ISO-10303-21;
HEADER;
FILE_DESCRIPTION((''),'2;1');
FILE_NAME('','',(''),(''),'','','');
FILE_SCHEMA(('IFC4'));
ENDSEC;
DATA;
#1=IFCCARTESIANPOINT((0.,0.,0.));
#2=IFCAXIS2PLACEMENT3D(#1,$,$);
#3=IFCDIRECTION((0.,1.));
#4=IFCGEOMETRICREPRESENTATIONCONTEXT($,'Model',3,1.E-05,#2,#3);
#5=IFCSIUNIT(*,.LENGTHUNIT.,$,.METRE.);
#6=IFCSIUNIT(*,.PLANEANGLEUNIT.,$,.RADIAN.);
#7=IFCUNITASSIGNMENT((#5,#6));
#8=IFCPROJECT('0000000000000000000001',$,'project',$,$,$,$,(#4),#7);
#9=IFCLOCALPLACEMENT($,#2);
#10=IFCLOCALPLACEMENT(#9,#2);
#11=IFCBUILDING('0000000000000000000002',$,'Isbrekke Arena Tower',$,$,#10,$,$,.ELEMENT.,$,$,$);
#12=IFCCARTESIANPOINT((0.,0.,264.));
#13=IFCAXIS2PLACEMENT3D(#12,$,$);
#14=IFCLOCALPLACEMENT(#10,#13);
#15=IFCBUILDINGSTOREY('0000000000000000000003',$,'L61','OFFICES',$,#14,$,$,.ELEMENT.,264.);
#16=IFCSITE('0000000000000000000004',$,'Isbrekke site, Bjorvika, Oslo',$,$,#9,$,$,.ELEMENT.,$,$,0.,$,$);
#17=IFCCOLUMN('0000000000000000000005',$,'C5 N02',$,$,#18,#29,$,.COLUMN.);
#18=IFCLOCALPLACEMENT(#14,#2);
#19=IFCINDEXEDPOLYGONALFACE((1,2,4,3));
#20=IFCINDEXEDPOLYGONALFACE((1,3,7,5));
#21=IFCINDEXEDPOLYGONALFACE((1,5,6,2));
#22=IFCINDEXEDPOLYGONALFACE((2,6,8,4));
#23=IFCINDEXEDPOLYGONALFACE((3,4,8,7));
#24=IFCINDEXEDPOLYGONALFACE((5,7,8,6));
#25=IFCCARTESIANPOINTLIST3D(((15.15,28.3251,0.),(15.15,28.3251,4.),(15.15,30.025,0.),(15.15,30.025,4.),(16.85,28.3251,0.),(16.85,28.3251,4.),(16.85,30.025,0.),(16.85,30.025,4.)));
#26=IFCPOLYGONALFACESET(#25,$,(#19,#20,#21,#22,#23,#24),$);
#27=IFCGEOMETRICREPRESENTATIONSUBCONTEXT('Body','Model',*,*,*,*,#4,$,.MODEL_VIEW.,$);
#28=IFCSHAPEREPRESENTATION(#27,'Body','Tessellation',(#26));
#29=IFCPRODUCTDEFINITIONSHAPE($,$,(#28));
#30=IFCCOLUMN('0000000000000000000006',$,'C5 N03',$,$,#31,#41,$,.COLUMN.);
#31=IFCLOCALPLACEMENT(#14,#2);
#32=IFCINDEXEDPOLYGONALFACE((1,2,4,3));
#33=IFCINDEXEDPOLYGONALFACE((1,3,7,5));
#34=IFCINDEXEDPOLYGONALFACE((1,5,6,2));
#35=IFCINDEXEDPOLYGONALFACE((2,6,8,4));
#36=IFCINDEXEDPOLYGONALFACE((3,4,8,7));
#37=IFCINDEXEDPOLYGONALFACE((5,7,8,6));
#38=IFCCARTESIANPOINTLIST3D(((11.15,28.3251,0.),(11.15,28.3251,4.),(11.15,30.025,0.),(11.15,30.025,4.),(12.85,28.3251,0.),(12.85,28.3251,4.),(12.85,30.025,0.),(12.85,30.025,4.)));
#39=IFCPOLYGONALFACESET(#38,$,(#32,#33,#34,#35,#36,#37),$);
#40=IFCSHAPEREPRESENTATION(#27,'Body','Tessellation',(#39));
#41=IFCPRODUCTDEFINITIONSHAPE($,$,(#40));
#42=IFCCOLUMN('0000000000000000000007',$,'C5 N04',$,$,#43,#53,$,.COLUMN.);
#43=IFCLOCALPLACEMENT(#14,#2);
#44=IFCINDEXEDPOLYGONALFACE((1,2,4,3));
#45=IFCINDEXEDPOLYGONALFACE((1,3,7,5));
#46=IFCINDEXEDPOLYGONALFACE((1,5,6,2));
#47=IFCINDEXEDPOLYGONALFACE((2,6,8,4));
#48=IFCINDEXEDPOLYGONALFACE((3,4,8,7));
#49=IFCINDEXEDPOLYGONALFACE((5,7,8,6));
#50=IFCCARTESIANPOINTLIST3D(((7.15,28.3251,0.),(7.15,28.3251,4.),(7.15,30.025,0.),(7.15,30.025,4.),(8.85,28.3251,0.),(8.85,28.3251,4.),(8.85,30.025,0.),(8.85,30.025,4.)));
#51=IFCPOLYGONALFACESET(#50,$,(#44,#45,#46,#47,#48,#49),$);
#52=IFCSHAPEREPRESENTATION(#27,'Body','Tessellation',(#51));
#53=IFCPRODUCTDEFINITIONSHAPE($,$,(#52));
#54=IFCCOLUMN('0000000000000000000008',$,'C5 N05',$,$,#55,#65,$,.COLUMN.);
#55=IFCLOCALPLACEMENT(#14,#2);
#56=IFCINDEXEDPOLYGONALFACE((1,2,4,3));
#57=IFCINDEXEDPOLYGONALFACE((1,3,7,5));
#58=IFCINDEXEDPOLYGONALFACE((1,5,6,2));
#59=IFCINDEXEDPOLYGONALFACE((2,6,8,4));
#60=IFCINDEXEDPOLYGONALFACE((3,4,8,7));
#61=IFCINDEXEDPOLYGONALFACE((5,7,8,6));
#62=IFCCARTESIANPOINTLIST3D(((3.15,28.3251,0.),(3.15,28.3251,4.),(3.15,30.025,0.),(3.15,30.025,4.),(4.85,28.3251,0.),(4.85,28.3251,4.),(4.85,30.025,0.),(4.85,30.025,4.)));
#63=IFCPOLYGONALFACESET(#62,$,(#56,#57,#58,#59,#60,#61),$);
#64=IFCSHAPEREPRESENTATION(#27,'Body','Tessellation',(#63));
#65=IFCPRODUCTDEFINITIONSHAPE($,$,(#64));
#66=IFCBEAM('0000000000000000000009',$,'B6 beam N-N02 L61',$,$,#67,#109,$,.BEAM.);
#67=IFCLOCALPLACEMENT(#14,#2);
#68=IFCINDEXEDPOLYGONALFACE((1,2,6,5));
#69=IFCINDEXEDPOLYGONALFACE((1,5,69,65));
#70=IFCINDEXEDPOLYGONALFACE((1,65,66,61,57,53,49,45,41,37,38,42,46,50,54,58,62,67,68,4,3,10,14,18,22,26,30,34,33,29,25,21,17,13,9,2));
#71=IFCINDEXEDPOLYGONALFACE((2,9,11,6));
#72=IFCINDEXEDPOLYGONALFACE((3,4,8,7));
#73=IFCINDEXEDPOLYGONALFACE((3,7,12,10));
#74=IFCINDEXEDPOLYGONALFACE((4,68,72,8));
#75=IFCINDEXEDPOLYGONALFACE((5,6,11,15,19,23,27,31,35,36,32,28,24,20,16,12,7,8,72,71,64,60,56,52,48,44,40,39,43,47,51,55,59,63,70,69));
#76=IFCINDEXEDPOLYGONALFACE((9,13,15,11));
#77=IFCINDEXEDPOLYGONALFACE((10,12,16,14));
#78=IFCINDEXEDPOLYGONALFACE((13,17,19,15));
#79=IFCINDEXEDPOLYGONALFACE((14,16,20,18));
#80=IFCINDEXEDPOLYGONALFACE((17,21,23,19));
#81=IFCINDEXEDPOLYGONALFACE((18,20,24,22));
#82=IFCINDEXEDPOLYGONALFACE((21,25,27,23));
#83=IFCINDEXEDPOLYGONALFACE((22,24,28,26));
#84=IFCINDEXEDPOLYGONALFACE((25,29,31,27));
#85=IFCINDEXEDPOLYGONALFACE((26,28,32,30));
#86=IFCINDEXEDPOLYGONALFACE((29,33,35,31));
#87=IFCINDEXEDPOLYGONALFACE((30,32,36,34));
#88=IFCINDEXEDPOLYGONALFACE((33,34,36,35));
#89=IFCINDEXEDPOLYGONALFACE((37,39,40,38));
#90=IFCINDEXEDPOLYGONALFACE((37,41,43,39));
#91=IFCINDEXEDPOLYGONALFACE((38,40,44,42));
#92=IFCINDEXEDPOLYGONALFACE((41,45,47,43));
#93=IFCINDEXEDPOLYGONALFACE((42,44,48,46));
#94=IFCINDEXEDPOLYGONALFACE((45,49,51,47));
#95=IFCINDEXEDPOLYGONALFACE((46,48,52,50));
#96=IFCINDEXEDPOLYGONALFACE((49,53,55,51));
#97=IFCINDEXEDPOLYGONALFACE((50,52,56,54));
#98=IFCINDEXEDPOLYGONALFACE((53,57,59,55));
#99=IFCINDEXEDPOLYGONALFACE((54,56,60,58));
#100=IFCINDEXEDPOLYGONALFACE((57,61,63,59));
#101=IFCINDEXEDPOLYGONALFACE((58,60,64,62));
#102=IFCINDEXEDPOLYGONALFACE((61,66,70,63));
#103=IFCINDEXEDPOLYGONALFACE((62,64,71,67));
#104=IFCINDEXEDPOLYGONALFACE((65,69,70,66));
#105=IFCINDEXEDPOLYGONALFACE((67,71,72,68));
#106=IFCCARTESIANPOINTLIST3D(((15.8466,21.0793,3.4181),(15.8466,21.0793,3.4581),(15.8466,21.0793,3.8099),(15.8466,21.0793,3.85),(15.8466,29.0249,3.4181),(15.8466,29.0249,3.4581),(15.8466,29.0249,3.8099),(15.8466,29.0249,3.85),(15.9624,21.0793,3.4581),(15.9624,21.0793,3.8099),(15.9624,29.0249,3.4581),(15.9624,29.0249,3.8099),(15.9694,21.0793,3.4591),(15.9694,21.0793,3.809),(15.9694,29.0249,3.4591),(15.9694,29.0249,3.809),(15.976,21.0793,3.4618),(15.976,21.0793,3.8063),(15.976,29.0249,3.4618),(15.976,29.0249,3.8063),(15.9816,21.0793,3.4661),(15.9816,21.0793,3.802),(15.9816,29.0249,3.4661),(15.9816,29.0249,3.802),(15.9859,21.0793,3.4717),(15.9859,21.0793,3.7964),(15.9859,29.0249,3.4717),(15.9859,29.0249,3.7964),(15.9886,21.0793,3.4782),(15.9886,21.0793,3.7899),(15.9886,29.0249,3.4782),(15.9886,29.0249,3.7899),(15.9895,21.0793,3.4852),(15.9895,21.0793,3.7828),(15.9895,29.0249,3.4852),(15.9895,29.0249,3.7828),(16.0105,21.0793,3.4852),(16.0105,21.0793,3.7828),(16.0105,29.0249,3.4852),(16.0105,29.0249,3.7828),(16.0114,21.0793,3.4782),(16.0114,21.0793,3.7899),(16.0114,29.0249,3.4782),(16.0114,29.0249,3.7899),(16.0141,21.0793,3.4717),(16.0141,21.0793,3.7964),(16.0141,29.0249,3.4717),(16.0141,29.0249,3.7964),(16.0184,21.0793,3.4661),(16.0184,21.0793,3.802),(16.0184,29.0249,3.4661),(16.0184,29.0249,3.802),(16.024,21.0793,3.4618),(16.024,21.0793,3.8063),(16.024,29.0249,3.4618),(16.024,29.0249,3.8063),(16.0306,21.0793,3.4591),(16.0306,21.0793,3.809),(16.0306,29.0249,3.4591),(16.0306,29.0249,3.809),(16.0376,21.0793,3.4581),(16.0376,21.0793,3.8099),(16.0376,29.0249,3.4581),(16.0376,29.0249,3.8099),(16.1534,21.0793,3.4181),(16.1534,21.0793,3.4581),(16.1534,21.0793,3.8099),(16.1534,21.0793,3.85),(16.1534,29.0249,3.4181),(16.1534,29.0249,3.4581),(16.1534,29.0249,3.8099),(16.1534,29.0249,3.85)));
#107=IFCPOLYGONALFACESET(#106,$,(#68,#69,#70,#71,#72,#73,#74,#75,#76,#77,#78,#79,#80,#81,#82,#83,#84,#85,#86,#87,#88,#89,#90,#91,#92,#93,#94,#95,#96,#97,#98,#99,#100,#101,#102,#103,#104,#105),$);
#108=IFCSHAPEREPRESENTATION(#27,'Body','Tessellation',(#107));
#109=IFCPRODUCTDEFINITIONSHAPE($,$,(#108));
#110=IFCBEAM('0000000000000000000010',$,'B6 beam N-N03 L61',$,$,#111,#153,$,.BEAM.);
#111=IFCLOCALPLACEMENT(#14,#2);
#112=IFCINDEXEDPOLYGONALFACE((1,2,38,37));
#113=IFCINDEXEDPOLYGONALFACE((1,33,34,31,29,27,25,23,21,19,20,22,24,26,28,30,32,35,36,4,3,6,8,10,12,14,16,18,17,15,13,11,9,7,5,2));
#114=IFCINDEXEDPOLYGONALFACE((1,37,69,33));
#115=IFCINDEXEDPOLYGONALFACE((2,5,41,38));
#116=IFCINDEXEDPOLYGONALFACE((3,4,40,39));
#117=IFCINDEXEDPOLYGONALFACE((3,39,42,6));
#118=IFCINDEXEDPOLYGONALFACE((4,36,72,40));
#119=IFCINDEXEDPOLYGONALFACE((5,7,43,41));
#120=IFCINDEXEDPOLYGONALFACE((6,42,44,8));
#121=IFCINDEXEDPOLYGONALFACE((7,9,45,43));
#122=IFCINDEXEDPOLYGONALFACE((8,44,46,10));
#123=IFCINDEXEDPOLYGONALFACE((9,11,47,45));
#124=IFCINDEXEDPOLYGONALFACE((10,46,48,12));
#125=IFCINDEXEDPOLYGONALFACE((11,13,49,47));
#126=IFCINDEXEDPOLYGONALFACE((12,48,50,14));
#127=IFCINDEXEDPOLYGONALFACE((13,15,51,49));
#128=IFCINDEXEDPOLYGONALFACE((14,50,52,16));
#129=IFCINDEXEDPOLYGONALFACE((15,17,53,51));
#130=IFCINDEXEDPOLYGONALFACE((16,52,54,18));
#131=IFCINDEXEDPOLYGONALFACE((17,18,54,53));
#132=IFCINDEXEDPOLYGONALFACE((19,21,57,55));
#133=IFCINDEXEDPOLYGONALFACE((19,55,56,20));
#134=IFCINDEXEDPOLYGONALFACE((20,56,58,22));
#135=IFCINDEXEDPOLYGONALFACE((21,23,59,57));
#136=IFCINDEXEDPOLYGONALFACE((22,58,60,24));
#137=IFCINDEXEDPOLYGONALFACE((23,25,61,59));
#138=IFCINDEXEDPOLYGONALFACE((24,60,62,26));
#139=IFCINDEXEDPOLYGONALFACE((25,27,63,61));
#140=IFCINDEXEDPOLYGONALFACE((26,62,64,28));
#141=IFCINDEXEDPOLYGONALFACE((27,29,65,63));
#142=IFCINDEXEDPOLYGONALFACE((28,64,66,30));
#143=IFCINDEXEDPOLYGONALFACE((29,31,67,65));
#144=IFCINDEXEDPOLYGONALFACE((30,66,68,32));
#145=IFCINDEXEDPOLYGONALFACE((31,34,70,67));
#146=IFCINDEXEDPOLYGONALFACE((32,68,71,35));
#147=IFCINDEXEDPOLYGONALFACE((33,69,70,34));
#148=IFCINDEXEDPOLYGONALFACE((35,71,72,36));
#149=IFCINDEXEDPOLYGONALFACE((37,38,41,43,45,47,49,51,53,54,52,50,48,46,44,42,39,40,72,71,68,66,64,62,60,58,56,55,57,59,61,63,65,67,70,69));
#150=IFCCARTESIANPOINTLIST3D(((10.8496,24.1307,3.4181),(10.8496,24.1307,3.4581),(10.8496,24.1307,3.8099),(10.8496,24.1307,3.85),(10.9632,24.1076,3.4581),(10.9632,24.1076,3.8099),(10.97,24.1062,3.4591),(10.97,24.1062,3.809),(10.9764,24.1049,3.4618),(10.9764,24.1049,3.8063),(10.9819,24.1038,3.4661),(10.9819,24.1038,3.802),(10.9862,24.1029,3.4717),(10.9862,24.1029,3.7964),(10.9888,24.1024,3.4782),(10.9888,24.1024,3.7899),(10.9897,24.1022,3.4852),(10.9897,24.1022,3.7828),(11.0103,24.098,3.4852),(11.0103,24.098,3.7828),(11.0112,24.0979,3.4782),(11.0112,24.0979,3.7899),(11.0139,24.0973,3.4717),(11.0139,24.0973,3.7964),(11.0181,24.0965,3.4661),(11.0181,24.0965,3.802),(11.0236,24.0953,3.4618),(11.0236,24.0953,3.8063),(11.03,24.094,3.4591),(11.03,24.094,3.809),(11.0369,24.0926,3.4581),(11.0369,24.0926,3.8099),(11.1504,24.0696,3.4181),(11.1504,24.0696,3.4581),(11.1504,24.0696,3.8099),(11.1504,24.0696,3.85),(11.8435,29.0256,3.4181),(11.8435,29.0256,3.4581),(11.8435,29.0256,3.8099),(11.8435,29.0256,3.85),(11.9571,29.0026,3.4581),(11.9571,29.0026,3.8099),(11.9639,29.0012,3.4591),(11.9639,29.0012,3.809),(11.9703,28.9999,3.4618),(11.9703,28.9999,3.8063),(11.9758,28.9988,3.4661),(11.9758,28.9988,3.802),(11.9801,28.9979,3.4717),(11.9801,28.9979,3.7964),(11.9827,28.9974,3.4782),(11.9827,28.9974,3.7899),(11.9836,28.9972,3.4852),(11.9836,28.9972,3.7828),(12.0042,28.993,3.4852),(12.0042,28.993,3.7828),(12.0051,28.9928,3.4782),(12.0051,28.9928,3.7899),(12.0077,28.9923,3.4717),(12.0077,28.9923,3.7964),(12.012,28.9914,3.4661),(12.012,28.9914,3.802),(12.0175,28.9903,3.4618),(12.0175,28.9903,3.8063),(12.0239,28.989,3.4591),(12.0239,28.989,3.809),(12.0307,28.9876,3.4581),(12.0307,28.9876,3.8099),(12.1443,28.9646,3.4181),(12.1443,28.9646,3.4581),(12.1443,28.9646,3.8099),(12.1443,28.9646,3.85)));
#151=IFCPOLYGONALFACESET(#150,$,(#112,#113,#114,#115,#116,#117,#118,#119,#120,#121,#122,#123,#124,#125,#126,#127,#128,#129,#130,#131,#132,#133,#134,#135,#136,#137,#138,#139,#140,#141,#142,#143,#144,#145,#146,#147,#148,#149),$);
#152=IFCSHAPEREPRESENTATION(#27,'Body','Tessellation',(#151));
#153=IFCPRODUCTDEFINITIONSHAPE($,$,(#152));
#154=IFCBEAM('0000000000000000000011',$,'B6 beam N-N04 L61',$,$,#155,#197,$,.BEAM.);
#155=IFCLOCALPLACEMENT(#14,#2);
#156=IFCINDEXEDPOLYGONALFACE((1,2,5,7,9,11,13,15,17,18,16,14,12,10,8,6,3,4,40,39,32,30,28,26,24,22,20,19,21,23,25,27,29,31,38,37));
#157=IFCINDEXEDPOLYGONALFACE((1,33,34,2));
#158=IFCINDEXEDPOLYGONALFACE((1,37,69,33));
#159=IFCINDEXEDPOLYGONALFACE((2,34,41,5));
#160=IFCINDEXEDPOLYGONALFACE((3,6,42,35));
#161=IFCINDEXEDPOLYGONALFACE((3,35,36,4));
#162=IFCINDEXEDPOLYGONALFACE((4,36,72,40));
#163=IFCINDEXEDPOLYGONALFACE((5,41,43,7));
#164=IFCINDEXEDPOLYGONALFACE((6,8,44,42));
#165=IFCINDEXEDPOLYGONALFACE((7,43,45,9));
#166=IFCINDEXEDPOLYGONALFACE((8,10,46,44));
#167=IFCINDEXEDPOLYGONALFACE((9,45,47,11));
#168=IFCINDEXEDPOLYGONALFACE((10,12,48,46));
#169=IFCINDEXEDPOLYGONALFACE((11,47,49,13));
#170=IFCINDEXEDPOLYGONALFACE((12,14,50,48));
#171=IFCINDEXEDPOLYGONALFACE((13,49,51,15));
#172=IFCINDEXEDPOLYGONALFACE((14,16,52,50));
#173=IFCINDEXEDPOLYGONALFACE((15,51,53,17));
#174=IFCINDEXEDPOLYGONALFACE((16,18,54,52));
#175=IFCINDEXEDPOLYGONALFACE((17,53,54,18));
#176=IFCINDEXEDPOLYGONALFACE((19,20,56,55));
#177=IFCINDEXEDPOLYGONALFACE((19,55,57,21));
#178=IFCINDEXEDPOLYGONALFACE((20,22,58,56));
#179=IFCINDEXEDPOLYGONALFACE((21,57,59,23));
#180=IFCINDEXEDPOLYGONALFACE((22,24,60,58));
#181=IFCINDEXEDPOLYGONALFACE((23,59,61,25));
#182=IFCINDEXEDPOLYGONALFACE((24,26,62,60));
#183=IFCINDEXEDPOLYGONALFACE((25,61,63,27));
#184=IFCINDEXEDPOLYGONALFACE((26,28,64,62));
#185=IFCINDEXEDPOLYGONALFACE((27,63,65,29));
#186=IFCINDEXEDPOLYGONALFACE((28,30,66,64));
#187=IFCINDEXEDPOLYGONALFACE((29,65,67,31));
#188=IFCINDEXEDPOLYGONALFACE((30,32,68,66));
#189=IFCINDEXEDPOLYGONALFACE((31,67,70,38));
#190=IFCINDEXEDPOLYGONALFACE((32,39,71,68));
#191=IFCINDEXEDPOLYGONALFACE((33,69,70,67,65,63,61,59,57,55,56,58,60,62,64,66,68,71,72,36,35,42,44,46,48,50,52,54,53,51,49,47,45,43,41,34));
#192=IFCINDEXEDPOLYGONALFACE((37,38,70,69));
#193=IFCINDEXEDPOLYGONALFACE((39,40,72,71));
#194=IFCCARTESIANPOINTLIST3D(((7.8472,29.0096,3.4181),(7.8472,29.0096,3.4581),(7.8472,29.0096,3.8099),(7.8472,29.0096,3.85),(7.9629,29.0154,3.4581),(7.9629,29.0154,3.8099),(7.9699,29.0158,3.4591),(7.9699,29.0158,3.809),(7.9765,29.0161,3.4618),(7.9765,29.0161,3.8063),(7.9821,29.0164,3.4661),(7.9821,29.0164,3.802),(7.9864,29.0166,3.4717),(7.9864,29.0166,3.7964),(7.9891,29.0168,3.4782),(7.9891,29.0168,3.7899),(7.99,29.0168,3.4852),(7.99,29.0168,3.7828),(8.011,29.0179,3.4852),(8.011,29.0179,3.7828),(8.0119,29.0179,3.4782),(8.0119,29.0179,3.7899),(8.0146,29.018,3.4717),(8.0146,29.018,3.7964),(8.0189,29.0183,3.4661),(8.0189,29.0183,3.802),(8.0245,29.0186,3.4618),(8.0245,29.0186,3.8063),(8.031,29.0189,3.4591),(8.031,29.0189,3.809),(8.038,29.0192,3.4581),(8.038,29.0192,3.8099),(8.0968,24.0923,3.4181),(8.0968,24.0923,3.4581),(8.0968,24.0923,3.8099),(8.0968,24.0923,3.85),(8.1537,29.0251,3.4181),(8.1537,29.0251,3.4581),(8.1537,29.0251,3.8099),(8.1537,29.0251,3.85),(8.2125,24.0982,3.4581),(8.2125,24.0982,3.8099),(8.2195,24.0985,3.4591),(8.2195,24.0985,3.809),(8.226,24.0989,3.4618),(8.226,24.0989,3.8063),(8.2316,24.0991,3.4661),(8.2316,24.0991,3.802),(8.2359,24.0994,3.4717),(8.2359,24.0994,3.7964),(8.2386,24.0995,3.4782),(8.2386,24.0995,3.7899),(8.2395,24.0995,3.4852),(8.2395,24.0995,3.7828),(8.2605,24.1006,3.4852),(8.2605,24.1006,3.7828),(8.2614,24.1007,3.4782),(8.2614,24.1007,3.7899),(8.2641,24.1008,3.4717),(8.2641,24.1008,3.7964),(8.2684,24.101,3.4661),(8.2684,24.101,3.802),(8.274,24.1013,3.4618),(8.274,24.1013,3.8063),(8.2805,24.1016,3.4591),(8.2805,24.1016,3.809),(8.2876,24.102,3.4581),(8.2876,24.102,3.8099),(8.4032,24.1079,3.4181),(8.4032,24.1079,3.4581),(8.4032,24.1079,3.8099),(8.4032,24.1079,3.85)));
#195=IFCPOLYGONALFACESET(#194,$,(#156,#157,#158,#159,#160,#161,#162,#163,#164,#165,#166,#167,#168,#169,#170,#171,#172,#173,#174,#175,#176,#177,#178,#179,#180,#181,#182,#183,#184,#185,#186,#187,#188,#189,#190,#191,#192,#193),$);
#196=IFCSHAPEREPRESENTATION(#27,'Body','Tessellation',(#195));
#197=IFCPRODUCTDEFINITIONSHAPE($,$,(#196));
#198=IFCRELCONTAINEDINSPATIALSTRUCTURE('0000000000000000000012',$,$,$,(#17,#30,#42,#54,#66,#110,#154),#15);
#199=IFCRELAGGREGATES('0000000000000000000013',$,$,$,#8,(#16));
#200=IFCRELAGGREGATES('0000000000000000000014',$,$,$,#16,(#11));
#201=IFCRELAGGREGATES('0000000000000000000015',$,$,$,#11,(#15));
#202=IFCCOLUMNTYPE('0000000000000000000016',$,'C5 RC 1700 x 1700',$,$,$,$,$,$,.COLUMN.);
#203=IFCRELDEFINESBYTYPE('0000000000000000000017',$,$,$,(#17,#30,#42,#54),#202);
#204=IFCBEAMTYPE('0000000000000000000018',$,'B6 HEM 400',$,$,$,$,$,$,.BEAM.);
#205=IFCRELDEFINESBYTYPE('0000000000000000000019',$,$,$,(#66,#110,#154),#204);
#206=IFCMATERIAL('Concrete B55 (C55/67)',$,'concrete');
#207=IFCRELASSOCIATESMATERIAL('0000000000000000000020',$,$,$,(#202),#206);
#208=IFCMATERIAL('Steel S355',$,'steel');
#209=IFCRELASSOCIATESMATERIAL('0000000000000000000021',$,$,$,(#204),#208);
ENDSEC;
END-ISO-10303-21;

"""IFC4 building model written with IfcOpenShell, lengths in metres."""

from ifc_helpers import new_model, si_unit, direction, frame, origin, origin_2d, place, context, subcontext, project, spatial, rectangle, i_section, extrude, material, material_profile, profile_set, type_object, element, save


model = new_model("IFC4")

# Units and contexts
model_context = context("Model", 3, precision=1e-05, world=origin(), true_north=direction((0.0, 1.0)))
body_context = subcontext(model_context, "Body", "Model", "MODEL_VIEW")
ifc_project = project(units=[si_unit("LENGTHUNIT", "METRE"), si_unit("PLANEANGLEUNIT", "RADIAN")], contexts=[model_context])

# Site, building, storey
site_placement = place(None, origin())
site = spatial("IfcSite", under=ifc_project, at=site_placement, Name="Isbrekke site, Bjorvika, Oslo", CompositionType="ELEMENT", RefElevation=0.0)
building_placement = place(site_placement, origin())
building = spatial("IfcBuilding", under=site, at=building_placement, Name="Isbrekke Arena Tower", CompositionType="ELEMENT")
storey_placement = place(building_placement, frame((0.0, 0.0, 264.0)))
storey = spatial("IfcBuildingStorey", under=building, at=storey_placement, Name="L61", Description="OFFICES", CompositionType="ELEMENT", Elevation=264.0)

# Columns
ifc_material_1 = material(Name="Concrete B55 (C55/67)", Category="concrete")
ifc_material_profile_1 = material_profile(ifc_material_1, rectangle(XDim=1.7, YDim=1.7, at=origin_2d()), Name="RC 1700x1700")
ifc_profile_set_1 = profile_set([ifc_material_profile_1], Name="Concrete B55 (C55/67)")
column_type = type_object("IfcColumnType", Name="C5 RC 1700 x 1700", PredefinedType="COLUMN", material=ifc_profile_set_1)
for number, where, z_axis, x_axis, name in (
    (1, (16.0, 29.175, 0.0), (0.0, 0.0, 1.0), (-1.0, 0.0, 0.0), "C5 N02"),
    (2, (12.0, 29.175, 0.0), (0.0, 0.0, 1.0), (-1.0, 0.0, 0.0), "C5 N03"),
    (3, (8.0, 29.175, 0.0), (0.0, 0.0, 1.0), (-1.0, 0.0, 0.0), "C5 N04"),
    (4, (4.0, 29.175, 0.0), (0.0, 0.0, 1.0), (-1.0, 0.0, 0.0), "C5 N05"),
):
    element("IfcColumn", number, at=place(storey_placement, frame(where, z_axis=z_axis, x_axis=x_axis)), inside=storey, type_object=column_type, Name=name, PredefinedType="COLUMN", context=body_context, shape_type="SweptSolid", body=[
        extrude(rectangle(XDim=1.7, YDim=1.7, at=origin_2d()), origin(), (0.0, 0.0, 1.0), 4.0),
    ])

# Beams
ifc_material_2 = material(Name="Steel S355", Category="steel")
ifc_material_profile_2 = material_profile(ifc_material_2, i_section(OverallWidth=0.3069, OverallDepth=0.4319, WebThickness=0.021, FlangeThickness=0.04, FilletRadius=0.0271, at=origin_2d()), Name="HEM 400")
ifc_profile_set_2 = profile_set([ifc_material_profile_2], Name="Steel S355")
beam_type_1 = type_object("IfcBeamType", Name="B6 HEM 400", PredefinedType="BEAM", material=ifc_profile_set_2)
beam_1_placement = place(storey_placement, frame((16.0, 29.0249, 3.634), z_axis=(0.0, -1.0, 0.0), x_axis=(1.0, 0.0, 0.0)))
element("IfcBeam", 5, at=beam_1_placement, inside=storey, type_object=beam_type_1, Name="B6 beam N-N02 L61", PredefinedType="BEAM", context=body_context, shape_type="SweptSolid", body=[
    extrude(i_section(OverallWidth=0.3069, OverallDepth=0.4319, WebThickness=0.021, FlangeThickness=0.04, FilletRadius=0.0271, at=origin_2d()), origin(), (0.0, 0.0, 1.0), 7.9456),
])
beam_2_placement = place(storey_placement, frame((11.9939, 28.9951, 3.634), z_axis=(-0.198982, -0.980003, 0.0), x_axis=(0.980003, -0.198982, 0.0)))
element("IfcBeam", 6, at=beam_2_placement, inside=storey, type_object=beam_type_1, Name="B6 beam N-N03 L61", PredefinedType="BEAM", context=body_context, shape_type="SweptSolid", body=[
    extrude(i_section(OverallWidth=0.3069, OverallDepth=0.4319, WebThickness=0.021, FlangeThickness=0.04, FilletRadius=0.0271, at=origin_2d()), origin(), (0.0, 0.0, 1.0), 4.9949),
])
beam_3_placement = place(storey_placement, frame((8.0005, 29.0173, 3.634), z_axis=(0.050677, -0.998715, 0.0), x_axis=(0.998715, 0.050677, 0.0)))
element("IfcBeam", 7, at=beam_3_placement, inside=storey, type_object=beam_type_1, Name="B6 beam N-N04 L61", PredefinedType="BEAM", context=body_context, shape_type="SweptSolid", body=[
    extrude(i_section(OverallWidth=0.3069, OverallDepth=0.4319, WebThickness=0.021, FlangeThickness=0.04, FilletRadius=0.0271, at=origin_2d()), origin(), (0.0, 0.0, 1.0), 4.9236),
])

save(model, "model.ifc")
